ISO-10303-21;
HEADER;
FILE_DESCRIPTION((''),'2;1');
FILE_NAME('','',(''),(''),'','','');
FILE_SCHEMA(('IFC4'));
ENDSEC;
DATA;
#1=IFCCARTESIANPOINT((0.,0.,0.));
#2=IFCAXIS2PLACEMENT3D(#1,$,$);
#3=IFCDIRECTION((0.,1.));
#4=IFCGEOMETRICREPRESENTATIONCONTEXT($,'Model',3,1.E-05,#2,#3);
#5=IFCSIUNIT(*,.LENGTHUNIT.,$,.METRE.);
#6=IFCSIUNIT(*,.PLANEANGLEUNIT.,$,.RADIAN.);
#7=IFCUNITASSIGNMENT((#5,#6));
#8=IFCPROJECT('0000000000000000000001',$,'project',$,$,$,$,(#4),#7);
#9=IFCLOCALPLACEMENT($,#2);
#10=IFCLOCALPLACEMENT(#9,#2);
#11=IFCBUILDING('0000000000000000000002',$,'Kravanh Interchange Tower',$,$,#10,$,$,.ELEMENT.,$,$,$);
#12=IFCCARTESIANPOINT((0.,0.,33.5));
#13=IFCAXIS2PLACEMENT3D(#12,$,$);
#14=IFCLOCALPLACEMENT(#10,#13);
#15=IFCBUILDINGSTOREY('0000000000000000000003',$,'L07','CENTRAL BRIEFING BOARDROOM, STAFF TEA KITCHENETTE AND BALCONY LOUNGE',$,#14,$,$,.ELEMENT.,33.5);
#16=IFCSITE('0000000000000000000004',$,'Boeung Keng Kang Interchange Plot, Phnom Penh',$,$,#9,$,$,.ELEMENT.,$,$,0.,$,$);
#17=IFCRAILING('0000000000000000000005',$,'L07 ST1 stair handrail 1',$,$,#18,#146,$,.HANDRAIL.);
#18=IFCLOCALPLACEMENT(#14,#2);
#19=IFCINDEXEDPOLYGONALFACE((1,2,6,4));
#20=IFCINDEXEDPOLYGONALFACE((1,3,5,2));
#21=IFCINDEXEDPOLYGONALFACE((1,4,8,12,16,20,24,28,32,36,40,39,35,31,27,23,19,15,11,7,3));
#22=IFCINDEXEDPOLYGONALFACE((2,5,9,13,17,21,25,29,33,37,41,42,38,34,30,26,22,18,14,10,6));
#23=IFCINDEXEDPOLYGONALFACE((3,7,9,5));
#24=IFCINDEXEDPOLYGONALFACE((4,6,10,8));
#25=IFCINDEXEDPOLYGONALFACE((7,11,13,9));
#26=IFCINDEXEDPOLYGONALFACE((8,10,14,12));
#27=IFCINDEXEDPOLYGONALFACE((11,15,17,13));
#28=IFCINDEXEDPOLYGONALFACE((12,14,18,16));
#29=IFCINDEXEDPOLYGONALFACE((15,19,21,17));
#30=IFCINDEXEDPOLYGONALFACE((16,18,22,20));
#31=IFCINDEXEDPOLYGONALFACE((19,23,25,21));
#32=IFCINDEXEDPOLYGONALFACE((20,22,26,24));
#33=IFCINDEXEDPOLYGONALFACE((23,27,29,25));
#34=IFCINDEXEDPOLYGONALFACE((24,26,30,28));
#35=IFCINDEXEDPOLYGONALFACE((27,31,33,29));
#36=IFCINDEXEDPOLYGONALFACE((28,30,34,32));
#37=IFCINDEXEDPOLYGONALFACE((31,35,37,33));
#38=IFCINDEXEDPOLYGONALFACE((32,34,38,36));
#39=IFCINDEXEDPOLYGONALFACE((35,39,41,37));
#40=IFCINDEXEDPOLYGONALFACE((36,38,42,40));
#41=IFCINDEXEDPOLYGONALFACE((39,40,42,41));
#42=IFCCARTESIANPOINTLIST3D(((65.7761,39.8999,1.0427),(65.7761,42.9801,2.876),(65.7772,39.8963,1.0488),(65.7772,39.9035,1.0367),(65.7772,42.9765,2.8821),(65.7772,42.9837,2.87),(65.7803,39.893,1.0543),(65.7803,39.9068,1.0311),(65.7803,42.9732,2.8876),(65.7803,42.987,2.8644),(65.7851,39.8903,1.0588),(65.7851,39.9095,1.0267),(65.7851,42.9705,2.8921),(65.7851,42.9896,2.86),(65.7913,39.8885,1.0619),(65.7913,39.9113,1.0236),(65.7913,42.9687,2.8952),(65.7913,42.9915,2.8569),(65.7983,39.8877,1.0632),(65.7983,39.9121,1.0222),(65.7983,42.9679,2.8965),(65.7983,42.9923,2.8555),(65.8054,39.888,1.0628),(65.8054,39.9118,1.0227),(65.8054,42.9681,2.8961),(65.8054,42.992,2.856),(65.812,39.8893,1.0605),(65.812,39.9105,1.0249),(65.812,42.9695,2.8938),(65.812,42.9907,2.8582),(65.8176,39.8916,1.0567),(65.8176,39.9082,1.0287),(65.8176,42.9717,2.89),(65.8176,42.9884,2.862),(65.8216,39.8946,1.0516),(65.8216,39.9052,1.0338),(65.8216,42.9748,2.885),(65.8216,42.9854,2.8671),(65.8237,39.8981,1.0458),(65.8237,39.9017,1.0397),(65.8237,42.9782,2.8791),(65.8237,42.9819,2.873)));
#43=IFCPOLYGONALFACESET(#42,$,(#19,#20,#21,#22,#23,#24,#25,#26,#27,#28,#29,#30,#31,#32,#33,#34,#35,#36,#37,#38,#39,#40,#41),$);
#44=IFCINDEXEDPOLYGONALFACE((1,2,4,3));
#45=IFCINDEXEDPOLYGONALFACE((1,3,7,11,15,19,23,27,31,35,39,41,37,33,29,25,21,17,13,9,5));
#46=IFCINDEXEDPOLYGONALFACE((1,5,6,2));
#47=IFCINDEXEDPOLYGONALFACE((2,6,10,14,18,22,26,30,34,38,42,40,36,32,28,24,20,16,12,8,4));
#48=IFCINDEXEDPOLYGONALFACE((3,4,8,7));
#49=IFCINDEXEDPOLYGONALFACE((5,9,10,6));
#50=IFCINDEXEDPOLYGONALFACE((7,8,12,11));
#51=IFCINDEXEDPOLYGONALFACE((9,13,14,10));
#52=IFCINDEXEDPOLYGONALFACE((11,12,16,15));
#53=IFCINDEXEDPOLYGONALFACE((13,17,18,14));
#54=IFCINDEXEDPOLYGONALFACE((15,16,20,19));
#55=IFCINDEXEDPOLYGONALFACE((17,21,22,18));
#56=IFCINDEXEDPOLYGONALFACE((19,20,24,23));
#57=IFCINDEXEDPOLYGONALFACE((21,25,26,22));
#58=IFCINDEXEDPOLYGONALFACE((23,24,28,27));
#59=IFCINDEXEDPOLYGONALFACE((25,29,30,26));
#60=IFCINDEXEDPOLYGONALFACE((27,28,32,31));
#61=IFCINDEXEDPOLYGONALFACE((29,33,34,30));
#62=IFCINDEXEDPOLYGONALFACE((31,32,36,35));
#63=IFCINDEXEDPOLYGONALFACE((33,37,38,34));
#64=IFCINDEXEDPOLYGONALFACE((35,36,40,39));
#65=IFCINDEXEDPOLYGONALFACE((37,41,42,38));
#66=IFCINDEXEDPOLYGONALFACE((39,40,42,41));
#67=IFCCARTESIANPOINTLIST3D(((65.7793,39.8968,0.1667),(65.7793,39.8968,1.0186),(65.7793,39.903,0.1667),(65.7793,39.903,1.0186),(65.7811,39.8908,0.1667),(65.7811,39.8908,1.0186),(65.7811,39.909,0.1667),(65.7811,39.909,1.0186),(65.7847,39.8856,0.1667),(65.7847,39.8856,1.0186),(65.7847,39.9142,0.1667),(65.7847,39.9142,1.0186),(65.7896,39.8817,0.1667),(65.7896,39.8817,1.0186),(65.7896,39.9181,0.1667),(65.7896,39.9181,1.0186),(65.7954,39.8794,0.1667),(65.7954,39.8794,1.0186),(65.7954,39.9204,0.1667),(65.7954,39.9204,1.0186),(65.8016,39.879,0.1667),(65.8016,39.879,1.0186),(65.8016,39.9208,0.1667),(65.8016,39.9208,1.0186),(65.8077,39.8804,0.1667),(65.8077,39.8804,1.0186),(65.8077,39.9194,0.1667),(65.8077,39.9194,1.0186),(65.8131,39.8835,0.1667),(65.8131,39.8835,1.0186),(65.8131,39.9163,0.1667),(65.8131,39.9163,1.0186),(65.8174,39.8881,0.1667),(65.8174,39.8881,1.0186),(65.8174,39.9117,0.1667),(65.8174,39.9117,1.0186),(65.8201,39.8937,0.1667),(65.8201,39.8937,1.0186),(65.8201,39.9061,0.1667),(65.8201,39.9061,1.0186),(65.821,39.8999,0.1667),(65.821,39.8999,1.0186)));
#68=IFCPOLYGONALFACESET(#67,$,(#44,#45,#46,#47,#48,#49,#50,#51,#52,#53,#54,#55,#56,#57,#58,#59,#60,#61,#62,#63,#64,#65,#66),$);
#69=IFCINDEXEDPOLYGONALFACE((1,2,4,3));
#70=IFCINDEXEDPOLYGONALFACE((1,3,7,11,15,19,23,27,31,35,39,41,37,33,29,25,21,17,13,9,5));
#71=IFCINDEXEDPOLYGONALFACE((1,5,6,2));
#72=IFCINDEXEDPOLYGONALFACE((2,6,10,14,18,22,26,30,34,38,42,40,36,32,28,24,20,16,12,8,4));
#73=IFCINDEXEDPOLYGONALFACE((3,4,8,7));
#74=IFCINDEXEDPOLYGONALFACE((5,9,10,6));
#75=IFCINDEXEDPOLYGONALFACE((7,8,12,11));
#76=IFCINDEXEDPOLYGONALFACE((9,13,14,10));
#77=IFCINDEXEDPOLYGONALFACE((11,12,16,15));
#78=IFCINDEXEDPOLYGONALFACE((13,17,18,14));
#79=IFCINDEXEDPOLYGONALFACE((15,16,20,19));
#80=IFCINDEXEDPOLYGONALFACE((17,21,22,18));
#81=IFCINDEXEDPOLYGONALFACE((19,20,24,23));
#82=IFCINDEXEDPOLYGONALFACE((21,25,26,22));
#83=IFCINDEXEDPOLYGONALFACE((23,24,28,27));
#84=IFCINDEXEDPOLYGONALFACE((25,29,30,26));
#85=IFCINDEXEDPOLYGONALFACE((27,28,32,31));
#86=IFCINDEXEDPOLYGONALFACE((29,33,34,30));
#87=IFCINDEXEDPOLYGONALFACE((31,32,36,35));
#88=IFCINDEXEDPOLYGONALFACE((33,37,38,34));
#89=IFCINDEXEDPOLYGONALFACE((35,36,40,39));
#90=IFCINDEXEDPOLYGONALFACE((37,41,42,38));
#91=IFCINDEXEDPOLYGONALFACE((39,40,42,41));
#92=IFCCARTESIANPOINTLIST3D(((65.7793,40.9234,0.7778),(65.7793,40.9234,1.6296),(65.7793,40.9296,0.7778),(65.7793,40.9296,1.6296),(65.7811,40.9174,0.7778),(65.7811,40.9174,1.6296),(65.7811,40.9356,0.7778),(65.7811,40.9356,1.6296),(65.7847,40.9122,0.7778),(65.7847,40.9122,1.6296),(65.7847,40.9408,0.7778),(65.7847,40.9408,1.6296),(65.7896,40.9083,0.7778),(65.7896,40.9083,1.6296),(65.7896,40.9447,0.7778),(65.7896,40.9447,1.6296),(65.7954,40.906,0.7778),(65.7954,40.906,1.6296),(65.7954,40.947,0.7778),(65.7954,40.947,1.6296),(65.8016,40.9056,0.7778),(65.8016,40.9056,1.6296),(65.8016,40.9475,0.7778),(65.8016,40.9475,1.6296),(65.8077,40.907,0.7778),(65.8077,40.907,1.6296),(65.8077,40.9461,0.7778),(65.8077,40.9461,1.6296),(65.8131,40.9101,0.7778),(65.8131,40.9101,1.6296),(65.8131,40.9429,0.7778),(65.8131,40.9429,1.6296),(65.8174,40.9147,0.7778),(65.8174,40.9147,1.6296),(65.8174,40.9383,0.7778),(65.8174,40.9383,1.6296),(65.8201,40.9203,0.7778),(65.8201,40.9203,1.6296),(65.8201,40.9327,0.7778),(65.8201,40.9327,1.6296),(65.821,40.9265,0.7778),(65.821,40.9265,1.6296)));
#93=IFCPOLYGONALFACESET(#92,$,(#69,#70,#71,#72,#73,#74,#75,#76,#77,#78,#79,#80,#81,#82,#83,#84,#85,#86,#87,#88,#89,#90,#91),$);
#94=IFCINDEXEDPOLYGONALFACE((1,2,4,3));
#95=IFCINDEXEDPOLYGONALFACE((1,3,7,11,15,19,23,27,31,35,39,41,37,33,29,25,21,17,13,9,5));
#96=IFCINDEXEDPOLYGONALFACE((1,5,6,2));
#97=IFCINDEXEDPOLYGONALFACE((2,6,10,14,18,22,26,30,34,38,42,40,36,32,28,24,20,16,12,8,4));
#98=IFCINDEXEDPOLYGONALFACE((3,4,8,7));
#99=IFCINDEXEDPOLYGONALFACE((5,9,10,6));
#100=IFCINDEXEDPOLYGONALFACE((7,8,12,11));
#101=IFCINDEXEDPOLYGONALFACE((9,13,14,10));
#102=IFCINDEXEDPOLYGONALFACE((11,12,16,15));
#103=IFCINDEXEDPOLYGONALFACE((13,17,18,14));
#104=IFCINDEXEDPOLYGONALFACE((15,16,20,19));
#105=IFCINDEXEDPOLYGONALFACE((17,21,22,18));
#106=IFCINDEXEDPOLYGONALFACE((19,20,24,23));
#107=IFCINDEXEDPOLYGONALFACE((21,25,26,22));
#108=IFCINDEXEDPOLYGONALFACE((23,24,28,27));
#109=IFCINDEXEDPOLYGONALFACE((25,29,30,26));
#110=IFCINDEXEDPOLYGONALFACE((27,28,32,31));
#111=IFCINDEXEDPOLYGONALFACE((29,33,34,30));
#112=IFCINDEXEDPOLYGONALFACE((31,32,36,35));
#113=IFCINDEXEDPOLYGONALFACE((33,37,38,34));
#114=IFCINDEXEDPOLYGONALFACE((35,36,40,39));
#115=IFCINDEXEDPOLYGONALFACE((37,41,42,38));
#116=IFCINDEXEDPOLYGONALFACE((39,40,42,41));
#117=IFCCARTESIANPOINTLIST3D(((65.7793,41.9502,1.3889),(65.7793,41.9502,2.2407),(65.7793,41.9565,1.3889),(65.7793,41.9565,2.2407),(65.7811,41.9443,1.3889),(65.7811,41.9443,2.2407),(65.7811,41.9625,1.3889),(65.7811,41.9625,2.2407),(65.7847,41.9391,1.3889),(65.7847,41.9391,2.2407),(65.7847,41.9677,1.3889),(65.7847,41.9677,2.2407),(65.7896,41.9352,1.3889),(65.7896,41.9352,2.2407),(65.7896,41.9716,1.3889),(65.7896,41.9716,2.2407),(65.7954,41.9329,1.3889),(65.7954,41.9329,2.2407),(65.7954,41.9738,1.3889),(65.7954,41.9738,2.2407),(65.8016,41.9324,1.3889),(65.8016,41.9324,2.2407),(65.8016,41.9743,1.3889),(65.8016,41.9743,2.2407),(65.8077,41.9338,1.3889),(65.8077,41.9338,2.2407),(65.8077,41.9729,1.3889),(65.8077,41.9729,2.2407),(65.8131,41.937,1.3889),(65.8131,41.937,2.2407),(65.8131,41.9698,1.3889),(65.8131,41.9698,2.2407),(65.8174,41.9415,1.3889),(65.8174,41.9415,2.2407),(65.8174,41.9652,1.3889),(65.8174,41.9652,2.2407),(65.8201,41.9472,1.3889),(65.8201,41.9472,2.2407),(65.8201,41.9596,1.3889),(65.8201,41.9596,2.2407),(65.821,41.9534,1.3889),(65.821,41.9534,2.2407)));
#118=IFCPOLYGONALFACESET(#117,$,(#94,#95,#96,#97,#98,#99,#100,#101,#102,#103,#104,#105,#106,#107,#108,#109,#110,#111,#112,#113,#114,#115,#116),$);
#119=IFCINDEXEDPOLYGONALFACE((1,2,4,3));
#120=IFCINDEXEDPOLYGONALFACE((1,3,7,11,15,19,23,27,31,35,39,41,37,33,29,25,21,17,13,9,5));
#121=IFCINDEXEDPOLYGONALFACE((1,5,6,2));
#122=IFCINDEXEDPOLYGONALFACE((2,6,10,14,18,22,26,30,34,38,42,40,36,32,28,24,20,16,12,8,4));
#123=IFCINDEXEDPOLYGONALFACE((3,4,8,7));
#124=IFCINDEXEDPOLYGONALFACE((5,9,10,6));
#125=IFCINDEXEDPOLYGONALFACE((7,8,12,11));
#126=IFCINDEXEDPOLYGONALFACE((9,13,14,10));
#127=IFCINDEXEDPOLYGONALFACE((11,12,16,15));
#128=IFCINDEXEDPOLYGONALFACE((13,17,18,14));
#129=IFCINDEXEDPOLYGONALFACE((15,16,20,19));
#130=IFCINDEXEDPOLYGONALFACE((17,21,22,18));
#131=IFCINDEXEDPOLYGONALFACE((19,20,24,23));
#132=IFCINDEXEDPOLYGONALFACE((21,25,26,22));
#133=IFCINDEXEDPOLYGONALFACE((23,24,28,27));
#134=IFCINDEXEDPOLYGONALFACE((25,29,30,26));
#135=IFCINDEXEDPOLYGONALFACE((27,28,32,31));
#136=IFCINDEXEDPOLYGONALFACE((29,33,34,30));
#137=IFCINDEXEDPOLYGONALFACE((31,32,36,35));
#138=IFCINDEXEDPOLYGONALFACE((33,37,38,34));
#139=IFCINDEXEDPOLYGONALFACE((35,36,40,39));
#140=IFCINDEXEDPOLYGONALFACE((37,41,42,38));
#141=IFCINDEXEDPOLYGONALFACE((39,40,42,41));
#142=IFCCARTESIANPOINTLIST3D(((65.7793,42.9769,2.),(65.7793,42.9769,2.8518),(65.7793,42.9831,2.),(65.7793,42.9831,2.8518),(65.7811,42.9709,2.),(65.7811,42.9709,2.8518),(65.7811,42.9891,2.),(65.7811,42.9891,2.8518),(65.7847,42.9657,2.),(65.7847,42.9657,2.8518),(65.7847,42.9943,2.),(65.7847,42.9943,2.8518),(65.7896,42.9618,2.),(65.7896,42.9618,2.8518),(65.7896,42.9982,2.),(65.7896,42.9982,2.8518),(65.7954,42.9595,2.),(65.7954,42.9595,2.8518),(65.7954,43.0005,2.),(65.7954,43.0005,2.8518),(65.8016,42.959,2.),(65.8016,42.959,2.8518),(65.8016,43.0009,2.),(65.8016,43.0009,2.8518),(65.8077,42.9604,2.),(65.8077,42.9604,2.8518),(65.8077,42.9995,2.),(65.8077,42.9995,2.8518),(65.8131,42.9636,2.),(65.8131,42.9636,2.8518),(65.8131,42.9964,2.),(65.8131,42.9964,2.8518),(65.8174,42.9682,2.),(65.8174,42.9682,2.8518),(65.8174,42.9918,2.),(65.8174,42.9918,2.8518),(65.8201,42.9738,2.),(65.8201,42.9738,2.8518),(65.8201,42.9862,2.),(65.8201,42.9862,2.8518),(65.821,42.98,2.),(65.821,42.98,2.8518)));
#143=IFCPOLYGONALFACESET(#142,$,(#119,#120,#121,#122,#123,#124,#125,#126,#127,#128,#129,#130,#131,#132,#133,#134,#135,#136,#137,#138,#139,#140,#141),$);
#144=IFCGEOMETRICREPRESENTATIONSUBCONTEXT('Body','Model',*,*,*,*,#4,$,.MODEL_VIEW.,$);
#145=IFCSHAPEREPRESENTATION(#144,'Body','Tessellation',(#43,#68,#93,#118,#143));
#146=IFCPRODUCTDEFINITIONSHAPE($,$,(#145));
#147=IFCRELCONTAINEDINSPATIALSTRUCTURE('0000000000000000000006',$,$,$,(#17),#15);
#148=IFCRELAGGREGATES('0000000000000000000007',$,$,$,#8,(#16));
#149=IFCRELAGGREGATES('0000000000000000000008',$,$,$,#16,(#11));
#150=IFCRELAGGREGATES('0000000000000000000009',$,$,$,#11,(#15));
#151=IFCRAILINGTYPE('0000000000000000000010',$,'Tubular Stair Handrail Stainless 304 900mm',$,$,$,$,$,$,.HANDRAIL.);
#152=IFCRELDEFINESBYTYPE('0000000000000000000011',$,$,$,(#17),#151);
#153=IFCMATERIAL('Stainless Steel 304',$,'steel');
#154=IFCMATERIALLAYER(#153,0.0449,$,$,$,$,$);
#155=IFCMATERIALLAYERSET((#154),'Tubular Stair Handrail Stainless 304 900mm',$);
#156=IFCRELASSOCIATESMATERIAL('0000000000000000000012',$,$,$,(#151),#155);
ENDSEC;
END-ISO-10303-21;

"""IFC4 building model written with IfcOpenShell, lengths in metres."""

from ifc_helpers import new_model, si_unit, direction, frame, origin, origin_2d, place, context, subcontext, project, spatial, circle, extrude, material, layer, layer_set, type_object, element, save


model = new_model("IFC4")

# Units and contexts
model_context = context("Model", 3, precision=1e-05, world=origin(), true_north=direction((0.0, 1.0)))
body_context = subcontext(model_context, "Body", "Model", "MODEL_VIEW")
ifc_project = project(units=[si_unit("LENGTHUNIT", "METRE"), si_unit("PLANEANGLEUNIT", "RADIAN")], contexts=[model_context])

# Site, building, storey
site_placement = place(None, origin())
site = spatial("IfcSite", under=ifc_project, at=site_placement, Name="Boeung Keng Kang Interchange Plot, Phnom Penh", CompositionType="ELEMENT", RefElevation=0.0)
building_placement = place(site_placement, origin())
building = spatial("IfcBuilding", under=site, at=building_placement, Name="Kravanh Interchange Tower", CompositionType="ELEMENT")
storey_placement = place(building_placement, frame((0.0, 0.0, 33.5)))
storey = spatial("IfcBuildingStorey", under=building, at=storey_placement, Name="L07", Description="CENTRAL BRIEFING BOARDROOM, STAFF TEA KITCHENETTE AND BALCONY LOUNGE", CompositionType="ELEMENT", Elevation=33.5)

# Railing
ifc_material_1 = material(Name="Stainless Steel 304", Category="steel")
ifc_layer_1 = layer(ifc_material_1, 0.0449)
ifc_layer_set_1 = layer_set([ifc_layer_1], Name="Tubular Stair Handrail Stainless 304 900mm")
railing_type_1 = type_object("IfcRailingType", Name="Tubular Stair Handrail Stainless 304 900mm", PredefinedType="HANDRAIL", material=ifc_layer_set_1)
railing_1_placement = place(storey_placement, frame((65.8, 39.8999, 0.1667)))
element("IfcRailing", 1, at=railing_1_placement, inside=storey, type_object=railing_type_1, Name="L07 ST1 stair handrail 1", PredefinedType="HANDRAIL", context=body_context, shape_type="SweptSolid", body=[
    extrude(circle(Radius=0.0239, at=origin_2d()), frame((0.0, 0.0, 0.876), z_axis=(0.0, 0.859309, 0.511458), x_axis=(-1.0, 0.0, 0.0)), (0.0, 0.0, 1.0), 3.5845),
    extrude(circle(Radius=0.021, at=origin_2d()), origin(), (0.0, 0.0, 1.0), 0.8518),
    extrude(circle(Radius=0.021, at=origin_2d()), frame((0.0, 1.0266, 0.6111)), (0.0, 0.0, 1.0), 0.8518),
    extrude(circle(Radius=0.021, at=origin_2d()), frame((0.0, 2.0535, 1.2222)), (0.0, 0.0, 1.0), 0.8518),
    extrude(circle(Radius=0.021, at=origin_2d()), frame((0.0, 3.0801, 1.8333)), (0.0, 0.0, 1.0), 0.8518),
])

save(model, "model.ifc")
